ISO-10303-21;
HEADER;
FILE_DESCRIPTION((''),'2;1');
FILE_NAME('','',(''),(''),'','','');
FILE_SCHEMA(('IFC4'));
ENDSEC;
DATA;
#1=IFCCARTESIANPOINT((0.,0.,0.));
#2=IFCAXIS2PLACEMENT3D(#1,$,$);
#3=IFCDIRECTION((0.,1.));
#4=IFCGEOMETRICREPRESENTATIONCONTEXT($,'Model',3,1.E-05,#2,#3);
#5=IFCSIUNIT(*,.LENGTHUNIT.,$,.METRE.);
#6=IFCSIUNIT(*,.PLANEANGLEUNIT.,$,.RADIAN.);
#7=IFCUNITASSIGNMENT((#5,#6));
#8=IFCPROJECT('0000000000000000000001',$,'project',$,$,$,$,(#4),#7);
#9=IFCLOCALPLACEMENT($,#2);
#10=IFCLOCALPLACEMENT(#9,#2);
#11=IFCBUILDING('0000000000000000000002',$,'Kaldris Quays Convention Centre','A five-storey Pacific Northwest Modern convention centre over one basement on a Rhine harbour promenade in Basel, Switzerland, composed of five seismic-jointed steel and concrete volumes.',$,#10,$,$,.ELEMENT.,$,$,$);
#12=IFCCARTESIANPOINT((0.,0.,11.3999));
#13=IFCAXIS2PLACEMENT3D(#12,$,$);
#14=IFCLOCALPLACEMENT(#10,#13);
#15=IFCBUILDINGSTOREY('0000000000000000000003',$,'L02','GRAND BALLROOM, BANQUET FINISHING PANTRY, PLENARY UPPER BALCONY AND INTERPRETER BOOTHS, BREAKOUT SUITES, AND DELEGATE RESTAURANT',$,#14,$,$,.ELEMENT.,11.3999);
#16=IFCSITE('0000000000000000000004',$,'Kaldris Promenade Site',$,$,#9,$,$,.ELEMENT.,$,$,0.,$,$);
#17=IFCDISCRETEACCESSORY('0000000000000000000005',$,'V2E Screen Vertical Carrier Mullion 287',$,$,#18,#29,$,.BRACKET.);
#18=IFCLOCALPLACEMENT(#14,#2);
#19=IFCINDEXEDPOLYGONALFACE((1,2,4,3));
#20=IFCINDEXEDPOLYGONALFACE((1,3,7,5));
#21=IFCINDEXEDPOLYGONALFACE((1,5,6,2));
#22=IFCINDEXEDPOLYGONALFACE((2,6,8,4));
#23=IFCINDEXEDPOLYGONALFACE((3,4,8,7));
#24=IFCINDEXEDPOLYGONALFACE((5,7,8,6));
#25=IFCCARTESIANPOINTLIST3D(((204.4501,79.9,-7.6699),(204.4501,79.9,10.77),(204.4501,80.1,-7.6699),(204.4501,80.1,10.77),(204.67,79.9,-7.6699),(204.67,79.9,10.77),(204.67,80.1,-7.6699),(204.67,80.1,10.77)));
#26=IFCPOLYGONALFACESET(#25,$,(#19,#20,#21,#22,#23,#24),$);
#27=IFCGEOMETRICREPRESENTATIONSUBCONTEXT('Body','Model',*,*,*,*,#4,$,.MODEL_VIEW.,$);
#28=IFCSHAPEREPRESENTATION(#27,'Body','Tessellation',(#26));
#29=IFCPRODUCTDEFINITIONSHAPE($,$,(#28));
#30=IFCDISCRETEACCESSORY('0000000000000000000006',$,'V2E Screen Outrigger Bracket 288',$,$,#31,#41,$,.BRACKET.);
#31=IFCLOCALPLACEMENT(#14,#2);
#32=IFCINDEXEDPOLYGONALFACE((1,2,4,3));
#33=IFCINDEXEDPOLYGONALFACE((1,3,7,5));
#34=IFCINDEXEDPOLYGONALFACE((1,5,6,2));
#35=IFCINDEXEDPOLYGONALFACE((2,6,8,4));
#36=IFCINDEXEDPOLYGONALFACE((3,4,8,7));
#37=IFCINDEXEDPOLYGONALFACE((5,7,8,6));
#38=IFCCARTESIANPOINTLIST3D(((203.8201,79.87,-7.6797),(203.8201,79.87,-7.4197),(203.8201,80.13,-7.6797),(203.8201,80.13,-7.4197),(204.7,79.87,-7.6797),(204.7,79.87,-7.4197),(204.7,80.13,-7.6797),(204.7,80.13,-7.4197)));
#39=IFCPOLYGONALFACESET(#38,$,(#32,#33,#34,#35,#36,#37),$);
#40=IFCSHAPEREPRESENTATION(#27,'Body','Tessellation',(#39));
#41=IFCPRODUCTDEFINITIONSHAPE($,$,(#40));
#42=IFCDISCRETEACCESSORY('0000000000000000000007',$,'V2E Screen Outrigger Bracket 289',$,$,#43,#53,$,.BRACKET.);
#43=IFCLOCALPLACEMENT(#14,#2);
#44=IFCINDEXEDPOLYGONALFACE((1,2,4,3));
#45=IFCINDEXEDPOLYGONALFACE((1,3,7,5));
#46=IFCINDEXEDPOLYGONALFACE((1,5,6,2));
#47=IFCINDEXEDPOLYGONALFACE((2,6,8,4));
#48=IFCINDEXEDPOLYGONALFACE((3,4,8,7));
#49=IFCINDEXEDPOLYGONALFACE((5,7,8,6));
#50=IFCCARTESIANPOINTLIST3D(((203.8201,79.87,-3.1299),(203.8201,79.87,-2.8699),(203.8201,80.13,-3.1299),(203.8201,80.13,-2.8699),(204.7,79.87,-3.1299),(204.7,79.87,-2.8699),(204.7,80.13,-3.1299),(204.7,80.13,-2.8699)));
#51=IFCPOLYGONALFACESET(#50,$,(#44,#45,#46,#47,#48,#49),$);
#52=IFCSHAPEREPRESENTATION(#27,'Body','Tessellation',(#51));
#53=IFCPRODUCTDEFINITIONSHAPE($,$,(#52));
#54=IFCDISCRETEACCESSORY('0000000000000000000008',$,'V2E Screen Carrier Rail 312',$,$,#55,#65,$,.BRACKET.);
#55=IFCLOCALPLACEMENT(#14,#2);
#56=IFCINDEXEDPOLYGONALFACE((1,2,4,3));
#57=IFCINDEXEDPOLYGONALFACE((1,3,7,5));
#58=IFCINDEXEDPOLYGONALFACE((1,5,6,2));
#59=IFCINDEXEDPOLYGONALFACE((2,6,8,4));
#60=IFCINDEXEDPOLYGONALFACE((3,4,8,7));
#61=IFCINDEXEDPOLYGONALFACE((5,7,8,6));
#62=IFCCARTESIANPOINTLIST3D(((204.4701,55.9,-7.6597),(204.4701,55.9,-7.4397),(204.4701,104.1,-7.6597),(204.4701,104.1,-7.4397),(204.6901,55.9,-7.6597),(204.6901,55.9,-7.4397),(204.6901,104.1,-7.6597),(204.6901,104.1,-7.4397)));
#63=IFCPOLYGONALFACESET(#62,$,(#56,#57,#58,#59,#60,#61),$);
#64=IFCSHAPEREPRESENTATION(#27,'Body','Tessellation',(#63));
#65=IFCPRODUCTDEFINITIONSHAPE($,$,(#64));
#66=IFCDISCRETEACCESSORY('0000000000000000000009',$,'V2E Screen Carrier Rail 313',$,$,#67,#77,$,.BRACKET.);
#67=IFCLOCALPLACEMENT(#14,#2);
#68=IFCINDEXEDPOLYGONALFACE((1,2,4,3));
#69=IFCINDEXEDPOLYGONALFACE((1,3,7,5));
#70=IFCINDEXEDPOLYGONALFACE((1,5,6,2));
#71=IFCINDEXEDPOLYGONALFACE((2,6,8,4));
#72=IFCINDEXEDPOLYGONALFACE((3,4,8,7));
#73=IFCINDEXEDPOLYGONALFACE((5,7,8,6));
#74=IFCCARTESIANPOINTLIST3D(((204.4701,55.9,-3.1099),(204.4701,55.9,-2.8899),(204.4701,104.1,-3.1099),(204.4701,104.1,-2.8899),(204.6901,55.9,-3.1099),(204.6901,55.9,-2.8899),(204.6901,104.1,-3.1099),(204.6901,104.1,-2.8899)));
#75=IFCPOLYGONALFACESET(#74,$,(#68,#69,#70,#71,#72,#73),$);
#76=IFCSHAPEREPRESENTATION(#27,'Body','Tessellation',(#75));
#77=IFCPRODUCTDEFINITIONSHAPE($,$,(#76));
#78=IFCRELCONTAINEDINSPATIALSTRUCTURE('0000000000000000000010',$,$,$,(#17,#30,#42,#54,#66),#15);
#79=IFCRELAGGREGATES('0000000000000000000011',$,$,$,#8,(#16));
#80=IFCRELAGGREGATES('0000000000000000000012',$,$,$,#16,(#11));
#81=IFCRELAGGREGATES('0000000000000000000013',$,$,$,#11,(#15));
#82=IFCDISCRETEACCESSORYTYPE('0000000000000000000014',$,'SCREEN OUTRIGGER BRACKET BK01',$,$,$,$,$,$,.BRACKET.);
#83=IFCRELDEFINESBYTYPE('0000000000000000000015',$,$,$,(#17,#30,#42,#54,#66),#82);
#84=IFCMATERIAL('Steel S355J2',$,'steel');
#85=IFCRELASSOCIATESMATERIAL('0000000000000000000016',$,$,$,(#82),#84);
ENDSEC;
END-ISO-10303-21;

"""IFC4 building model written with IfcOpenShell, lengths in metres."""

from ifc_helpers import new_model, si_unit, direction, frame, origin, origin_2d, place, context, subcontext, project, spatial, rectangle, extrude, material, type_object, element, save


model = new_model("IFC4")

# Units and contexts
model_context = context("Model", 3, precision=1e-05, world=origin(), true_north=direction((0.0, 1.0)))
body_context = subcontext(model_context, "Body", "Model", "MODEL_VIEW")
ifc_project = project(units=[si_unit("LENGTHUNIT", "METRE"), si_unit("PLANEANGLEUNIT", "RADIAN")], contexts=[model_context])

# Site, building, storey
site_placement = place(None, origin())
site = spatial("IfcSite", under=ifc_project, at=site_placement, Name="Kaldris Promenade Site", CompositionType="ELEMENT", RefElevation=0.0)
building_placement = place(site_placement, origin())
building = spatial("IfcBuilding", under=site, at=building_placement, Name="Kaldris Quays Convention Centre", Description="A five-storey Pacific Northwest Modern convention centre over one basement on a Rhine harbour promenade in Basel, Switzerland, composed of five seismic-jointed steel and concrete volumes.", CompositionType="ELEMENT")
storey_placement = place(building_placement, frame((0.0, 0.0, 11.3999)))
storey = spatial("IfcBuildingStorey", under=building, at=storey_placement, Name="L02", Description="GRAND BALLROOM, BANQUET FINISHING PANTRY, PLENARY UPPER BALCONY AND INTERPRETER BOOTHS, BREAKOUT SUITES, AND DELEGATE RESTAURANT", CompositionType="ELEMENT", Elevation=11.3999)

# Shared definitions
ifc_material_1 = material(Name="Steel S355J2", Category="steel")

# Discrete accessories
discrete_accessory_type = type_object("IfcDiscreteAccessoryType", Name="SCREEN OUTRIGGER BRACKET BK01", PredefinedType="BRACKET", material=ifc_material_1)
discrete_accessory_placement = place(storey_placement, frame((204.5601, 80.0, -7.6699), z_axis=(0.0, 0.0, 1.0), x_axis=(0.0, 1.0, 0.0)))
element("IfcDiscreteAccessory", 1, at=discrete_accessory_placement, inside=storey, type_object=discrete_accessory_type, Name="V2E Screen Vertical Carrier Mullion 287", PredefinedType="BRACKET", context=body_context, shape_type="SweptSolid", body=[
    extrude(rectangle(XDim=0.2, YDim=0.22, at=origin_2d()), origin(), (0.0, 0.0, 1.0), 18.4399),
])
for number, where, z_axis, x_axis, name in (
    (2, (204.26, 80.0, -7.6797), (0.0, 0.0, 1.0), (0.0, 1.0, 0.0), "V2E Screen Outrigger Bracket 288"),
    (3, (204.26, 80.0, -3.1299), (0.0, 0.0, 1.0), (0.0, 1.0, 0.0), "V2E Screen Outrigger Bracket 289"),
):
    element("IfcDiscreteAccessory", number, at=place(storey_placement, frame(where, z_axis=z_axis, x_axis=x_axis)), inside=storey, type_object=discrete_accessory_type, Name=name, PredefinedType="BRACKET", context=body_context, shape_type="SweptSolid", body=[
        extrude(rectangle(XDim=0.26, YDim=0.8799, at=origin_2d()), origin(), (0.0, 0.0, 1.0), 0.26),
    ])
for number, where, z_axis, x_axis, name in (
    (4, (204.5801, 80.0, -7.6597), (0.0, 0.0, 1.0), (0.0, 1.0, 0.0), "V2E Screen Carrier Rail 312"),
    (5, (204.5801, 80.0, -3.1099), (0.0, 0.0, 1.0), (0.0, 1.0, 0.0), "V2E Screen Carrier Rail 313"),
):
    element("IfcDiscreteAccessory", number, at=place(storey_placement, frame(where, z_axis=z_axis, x_axis=x_axis)), inside=storey, type_object=discrete_accessory_type, Name=name, PredefinedType="BRACKET", context=body_context, shape_type="SweptSolid", body=[
        extrude(rectangle(XDim=48.2, YDim=0.22, at=origin_2d()), origin(), (0.0, 0.0, 1.0), 0.22),
    ])

save(model, "model.ifc")
